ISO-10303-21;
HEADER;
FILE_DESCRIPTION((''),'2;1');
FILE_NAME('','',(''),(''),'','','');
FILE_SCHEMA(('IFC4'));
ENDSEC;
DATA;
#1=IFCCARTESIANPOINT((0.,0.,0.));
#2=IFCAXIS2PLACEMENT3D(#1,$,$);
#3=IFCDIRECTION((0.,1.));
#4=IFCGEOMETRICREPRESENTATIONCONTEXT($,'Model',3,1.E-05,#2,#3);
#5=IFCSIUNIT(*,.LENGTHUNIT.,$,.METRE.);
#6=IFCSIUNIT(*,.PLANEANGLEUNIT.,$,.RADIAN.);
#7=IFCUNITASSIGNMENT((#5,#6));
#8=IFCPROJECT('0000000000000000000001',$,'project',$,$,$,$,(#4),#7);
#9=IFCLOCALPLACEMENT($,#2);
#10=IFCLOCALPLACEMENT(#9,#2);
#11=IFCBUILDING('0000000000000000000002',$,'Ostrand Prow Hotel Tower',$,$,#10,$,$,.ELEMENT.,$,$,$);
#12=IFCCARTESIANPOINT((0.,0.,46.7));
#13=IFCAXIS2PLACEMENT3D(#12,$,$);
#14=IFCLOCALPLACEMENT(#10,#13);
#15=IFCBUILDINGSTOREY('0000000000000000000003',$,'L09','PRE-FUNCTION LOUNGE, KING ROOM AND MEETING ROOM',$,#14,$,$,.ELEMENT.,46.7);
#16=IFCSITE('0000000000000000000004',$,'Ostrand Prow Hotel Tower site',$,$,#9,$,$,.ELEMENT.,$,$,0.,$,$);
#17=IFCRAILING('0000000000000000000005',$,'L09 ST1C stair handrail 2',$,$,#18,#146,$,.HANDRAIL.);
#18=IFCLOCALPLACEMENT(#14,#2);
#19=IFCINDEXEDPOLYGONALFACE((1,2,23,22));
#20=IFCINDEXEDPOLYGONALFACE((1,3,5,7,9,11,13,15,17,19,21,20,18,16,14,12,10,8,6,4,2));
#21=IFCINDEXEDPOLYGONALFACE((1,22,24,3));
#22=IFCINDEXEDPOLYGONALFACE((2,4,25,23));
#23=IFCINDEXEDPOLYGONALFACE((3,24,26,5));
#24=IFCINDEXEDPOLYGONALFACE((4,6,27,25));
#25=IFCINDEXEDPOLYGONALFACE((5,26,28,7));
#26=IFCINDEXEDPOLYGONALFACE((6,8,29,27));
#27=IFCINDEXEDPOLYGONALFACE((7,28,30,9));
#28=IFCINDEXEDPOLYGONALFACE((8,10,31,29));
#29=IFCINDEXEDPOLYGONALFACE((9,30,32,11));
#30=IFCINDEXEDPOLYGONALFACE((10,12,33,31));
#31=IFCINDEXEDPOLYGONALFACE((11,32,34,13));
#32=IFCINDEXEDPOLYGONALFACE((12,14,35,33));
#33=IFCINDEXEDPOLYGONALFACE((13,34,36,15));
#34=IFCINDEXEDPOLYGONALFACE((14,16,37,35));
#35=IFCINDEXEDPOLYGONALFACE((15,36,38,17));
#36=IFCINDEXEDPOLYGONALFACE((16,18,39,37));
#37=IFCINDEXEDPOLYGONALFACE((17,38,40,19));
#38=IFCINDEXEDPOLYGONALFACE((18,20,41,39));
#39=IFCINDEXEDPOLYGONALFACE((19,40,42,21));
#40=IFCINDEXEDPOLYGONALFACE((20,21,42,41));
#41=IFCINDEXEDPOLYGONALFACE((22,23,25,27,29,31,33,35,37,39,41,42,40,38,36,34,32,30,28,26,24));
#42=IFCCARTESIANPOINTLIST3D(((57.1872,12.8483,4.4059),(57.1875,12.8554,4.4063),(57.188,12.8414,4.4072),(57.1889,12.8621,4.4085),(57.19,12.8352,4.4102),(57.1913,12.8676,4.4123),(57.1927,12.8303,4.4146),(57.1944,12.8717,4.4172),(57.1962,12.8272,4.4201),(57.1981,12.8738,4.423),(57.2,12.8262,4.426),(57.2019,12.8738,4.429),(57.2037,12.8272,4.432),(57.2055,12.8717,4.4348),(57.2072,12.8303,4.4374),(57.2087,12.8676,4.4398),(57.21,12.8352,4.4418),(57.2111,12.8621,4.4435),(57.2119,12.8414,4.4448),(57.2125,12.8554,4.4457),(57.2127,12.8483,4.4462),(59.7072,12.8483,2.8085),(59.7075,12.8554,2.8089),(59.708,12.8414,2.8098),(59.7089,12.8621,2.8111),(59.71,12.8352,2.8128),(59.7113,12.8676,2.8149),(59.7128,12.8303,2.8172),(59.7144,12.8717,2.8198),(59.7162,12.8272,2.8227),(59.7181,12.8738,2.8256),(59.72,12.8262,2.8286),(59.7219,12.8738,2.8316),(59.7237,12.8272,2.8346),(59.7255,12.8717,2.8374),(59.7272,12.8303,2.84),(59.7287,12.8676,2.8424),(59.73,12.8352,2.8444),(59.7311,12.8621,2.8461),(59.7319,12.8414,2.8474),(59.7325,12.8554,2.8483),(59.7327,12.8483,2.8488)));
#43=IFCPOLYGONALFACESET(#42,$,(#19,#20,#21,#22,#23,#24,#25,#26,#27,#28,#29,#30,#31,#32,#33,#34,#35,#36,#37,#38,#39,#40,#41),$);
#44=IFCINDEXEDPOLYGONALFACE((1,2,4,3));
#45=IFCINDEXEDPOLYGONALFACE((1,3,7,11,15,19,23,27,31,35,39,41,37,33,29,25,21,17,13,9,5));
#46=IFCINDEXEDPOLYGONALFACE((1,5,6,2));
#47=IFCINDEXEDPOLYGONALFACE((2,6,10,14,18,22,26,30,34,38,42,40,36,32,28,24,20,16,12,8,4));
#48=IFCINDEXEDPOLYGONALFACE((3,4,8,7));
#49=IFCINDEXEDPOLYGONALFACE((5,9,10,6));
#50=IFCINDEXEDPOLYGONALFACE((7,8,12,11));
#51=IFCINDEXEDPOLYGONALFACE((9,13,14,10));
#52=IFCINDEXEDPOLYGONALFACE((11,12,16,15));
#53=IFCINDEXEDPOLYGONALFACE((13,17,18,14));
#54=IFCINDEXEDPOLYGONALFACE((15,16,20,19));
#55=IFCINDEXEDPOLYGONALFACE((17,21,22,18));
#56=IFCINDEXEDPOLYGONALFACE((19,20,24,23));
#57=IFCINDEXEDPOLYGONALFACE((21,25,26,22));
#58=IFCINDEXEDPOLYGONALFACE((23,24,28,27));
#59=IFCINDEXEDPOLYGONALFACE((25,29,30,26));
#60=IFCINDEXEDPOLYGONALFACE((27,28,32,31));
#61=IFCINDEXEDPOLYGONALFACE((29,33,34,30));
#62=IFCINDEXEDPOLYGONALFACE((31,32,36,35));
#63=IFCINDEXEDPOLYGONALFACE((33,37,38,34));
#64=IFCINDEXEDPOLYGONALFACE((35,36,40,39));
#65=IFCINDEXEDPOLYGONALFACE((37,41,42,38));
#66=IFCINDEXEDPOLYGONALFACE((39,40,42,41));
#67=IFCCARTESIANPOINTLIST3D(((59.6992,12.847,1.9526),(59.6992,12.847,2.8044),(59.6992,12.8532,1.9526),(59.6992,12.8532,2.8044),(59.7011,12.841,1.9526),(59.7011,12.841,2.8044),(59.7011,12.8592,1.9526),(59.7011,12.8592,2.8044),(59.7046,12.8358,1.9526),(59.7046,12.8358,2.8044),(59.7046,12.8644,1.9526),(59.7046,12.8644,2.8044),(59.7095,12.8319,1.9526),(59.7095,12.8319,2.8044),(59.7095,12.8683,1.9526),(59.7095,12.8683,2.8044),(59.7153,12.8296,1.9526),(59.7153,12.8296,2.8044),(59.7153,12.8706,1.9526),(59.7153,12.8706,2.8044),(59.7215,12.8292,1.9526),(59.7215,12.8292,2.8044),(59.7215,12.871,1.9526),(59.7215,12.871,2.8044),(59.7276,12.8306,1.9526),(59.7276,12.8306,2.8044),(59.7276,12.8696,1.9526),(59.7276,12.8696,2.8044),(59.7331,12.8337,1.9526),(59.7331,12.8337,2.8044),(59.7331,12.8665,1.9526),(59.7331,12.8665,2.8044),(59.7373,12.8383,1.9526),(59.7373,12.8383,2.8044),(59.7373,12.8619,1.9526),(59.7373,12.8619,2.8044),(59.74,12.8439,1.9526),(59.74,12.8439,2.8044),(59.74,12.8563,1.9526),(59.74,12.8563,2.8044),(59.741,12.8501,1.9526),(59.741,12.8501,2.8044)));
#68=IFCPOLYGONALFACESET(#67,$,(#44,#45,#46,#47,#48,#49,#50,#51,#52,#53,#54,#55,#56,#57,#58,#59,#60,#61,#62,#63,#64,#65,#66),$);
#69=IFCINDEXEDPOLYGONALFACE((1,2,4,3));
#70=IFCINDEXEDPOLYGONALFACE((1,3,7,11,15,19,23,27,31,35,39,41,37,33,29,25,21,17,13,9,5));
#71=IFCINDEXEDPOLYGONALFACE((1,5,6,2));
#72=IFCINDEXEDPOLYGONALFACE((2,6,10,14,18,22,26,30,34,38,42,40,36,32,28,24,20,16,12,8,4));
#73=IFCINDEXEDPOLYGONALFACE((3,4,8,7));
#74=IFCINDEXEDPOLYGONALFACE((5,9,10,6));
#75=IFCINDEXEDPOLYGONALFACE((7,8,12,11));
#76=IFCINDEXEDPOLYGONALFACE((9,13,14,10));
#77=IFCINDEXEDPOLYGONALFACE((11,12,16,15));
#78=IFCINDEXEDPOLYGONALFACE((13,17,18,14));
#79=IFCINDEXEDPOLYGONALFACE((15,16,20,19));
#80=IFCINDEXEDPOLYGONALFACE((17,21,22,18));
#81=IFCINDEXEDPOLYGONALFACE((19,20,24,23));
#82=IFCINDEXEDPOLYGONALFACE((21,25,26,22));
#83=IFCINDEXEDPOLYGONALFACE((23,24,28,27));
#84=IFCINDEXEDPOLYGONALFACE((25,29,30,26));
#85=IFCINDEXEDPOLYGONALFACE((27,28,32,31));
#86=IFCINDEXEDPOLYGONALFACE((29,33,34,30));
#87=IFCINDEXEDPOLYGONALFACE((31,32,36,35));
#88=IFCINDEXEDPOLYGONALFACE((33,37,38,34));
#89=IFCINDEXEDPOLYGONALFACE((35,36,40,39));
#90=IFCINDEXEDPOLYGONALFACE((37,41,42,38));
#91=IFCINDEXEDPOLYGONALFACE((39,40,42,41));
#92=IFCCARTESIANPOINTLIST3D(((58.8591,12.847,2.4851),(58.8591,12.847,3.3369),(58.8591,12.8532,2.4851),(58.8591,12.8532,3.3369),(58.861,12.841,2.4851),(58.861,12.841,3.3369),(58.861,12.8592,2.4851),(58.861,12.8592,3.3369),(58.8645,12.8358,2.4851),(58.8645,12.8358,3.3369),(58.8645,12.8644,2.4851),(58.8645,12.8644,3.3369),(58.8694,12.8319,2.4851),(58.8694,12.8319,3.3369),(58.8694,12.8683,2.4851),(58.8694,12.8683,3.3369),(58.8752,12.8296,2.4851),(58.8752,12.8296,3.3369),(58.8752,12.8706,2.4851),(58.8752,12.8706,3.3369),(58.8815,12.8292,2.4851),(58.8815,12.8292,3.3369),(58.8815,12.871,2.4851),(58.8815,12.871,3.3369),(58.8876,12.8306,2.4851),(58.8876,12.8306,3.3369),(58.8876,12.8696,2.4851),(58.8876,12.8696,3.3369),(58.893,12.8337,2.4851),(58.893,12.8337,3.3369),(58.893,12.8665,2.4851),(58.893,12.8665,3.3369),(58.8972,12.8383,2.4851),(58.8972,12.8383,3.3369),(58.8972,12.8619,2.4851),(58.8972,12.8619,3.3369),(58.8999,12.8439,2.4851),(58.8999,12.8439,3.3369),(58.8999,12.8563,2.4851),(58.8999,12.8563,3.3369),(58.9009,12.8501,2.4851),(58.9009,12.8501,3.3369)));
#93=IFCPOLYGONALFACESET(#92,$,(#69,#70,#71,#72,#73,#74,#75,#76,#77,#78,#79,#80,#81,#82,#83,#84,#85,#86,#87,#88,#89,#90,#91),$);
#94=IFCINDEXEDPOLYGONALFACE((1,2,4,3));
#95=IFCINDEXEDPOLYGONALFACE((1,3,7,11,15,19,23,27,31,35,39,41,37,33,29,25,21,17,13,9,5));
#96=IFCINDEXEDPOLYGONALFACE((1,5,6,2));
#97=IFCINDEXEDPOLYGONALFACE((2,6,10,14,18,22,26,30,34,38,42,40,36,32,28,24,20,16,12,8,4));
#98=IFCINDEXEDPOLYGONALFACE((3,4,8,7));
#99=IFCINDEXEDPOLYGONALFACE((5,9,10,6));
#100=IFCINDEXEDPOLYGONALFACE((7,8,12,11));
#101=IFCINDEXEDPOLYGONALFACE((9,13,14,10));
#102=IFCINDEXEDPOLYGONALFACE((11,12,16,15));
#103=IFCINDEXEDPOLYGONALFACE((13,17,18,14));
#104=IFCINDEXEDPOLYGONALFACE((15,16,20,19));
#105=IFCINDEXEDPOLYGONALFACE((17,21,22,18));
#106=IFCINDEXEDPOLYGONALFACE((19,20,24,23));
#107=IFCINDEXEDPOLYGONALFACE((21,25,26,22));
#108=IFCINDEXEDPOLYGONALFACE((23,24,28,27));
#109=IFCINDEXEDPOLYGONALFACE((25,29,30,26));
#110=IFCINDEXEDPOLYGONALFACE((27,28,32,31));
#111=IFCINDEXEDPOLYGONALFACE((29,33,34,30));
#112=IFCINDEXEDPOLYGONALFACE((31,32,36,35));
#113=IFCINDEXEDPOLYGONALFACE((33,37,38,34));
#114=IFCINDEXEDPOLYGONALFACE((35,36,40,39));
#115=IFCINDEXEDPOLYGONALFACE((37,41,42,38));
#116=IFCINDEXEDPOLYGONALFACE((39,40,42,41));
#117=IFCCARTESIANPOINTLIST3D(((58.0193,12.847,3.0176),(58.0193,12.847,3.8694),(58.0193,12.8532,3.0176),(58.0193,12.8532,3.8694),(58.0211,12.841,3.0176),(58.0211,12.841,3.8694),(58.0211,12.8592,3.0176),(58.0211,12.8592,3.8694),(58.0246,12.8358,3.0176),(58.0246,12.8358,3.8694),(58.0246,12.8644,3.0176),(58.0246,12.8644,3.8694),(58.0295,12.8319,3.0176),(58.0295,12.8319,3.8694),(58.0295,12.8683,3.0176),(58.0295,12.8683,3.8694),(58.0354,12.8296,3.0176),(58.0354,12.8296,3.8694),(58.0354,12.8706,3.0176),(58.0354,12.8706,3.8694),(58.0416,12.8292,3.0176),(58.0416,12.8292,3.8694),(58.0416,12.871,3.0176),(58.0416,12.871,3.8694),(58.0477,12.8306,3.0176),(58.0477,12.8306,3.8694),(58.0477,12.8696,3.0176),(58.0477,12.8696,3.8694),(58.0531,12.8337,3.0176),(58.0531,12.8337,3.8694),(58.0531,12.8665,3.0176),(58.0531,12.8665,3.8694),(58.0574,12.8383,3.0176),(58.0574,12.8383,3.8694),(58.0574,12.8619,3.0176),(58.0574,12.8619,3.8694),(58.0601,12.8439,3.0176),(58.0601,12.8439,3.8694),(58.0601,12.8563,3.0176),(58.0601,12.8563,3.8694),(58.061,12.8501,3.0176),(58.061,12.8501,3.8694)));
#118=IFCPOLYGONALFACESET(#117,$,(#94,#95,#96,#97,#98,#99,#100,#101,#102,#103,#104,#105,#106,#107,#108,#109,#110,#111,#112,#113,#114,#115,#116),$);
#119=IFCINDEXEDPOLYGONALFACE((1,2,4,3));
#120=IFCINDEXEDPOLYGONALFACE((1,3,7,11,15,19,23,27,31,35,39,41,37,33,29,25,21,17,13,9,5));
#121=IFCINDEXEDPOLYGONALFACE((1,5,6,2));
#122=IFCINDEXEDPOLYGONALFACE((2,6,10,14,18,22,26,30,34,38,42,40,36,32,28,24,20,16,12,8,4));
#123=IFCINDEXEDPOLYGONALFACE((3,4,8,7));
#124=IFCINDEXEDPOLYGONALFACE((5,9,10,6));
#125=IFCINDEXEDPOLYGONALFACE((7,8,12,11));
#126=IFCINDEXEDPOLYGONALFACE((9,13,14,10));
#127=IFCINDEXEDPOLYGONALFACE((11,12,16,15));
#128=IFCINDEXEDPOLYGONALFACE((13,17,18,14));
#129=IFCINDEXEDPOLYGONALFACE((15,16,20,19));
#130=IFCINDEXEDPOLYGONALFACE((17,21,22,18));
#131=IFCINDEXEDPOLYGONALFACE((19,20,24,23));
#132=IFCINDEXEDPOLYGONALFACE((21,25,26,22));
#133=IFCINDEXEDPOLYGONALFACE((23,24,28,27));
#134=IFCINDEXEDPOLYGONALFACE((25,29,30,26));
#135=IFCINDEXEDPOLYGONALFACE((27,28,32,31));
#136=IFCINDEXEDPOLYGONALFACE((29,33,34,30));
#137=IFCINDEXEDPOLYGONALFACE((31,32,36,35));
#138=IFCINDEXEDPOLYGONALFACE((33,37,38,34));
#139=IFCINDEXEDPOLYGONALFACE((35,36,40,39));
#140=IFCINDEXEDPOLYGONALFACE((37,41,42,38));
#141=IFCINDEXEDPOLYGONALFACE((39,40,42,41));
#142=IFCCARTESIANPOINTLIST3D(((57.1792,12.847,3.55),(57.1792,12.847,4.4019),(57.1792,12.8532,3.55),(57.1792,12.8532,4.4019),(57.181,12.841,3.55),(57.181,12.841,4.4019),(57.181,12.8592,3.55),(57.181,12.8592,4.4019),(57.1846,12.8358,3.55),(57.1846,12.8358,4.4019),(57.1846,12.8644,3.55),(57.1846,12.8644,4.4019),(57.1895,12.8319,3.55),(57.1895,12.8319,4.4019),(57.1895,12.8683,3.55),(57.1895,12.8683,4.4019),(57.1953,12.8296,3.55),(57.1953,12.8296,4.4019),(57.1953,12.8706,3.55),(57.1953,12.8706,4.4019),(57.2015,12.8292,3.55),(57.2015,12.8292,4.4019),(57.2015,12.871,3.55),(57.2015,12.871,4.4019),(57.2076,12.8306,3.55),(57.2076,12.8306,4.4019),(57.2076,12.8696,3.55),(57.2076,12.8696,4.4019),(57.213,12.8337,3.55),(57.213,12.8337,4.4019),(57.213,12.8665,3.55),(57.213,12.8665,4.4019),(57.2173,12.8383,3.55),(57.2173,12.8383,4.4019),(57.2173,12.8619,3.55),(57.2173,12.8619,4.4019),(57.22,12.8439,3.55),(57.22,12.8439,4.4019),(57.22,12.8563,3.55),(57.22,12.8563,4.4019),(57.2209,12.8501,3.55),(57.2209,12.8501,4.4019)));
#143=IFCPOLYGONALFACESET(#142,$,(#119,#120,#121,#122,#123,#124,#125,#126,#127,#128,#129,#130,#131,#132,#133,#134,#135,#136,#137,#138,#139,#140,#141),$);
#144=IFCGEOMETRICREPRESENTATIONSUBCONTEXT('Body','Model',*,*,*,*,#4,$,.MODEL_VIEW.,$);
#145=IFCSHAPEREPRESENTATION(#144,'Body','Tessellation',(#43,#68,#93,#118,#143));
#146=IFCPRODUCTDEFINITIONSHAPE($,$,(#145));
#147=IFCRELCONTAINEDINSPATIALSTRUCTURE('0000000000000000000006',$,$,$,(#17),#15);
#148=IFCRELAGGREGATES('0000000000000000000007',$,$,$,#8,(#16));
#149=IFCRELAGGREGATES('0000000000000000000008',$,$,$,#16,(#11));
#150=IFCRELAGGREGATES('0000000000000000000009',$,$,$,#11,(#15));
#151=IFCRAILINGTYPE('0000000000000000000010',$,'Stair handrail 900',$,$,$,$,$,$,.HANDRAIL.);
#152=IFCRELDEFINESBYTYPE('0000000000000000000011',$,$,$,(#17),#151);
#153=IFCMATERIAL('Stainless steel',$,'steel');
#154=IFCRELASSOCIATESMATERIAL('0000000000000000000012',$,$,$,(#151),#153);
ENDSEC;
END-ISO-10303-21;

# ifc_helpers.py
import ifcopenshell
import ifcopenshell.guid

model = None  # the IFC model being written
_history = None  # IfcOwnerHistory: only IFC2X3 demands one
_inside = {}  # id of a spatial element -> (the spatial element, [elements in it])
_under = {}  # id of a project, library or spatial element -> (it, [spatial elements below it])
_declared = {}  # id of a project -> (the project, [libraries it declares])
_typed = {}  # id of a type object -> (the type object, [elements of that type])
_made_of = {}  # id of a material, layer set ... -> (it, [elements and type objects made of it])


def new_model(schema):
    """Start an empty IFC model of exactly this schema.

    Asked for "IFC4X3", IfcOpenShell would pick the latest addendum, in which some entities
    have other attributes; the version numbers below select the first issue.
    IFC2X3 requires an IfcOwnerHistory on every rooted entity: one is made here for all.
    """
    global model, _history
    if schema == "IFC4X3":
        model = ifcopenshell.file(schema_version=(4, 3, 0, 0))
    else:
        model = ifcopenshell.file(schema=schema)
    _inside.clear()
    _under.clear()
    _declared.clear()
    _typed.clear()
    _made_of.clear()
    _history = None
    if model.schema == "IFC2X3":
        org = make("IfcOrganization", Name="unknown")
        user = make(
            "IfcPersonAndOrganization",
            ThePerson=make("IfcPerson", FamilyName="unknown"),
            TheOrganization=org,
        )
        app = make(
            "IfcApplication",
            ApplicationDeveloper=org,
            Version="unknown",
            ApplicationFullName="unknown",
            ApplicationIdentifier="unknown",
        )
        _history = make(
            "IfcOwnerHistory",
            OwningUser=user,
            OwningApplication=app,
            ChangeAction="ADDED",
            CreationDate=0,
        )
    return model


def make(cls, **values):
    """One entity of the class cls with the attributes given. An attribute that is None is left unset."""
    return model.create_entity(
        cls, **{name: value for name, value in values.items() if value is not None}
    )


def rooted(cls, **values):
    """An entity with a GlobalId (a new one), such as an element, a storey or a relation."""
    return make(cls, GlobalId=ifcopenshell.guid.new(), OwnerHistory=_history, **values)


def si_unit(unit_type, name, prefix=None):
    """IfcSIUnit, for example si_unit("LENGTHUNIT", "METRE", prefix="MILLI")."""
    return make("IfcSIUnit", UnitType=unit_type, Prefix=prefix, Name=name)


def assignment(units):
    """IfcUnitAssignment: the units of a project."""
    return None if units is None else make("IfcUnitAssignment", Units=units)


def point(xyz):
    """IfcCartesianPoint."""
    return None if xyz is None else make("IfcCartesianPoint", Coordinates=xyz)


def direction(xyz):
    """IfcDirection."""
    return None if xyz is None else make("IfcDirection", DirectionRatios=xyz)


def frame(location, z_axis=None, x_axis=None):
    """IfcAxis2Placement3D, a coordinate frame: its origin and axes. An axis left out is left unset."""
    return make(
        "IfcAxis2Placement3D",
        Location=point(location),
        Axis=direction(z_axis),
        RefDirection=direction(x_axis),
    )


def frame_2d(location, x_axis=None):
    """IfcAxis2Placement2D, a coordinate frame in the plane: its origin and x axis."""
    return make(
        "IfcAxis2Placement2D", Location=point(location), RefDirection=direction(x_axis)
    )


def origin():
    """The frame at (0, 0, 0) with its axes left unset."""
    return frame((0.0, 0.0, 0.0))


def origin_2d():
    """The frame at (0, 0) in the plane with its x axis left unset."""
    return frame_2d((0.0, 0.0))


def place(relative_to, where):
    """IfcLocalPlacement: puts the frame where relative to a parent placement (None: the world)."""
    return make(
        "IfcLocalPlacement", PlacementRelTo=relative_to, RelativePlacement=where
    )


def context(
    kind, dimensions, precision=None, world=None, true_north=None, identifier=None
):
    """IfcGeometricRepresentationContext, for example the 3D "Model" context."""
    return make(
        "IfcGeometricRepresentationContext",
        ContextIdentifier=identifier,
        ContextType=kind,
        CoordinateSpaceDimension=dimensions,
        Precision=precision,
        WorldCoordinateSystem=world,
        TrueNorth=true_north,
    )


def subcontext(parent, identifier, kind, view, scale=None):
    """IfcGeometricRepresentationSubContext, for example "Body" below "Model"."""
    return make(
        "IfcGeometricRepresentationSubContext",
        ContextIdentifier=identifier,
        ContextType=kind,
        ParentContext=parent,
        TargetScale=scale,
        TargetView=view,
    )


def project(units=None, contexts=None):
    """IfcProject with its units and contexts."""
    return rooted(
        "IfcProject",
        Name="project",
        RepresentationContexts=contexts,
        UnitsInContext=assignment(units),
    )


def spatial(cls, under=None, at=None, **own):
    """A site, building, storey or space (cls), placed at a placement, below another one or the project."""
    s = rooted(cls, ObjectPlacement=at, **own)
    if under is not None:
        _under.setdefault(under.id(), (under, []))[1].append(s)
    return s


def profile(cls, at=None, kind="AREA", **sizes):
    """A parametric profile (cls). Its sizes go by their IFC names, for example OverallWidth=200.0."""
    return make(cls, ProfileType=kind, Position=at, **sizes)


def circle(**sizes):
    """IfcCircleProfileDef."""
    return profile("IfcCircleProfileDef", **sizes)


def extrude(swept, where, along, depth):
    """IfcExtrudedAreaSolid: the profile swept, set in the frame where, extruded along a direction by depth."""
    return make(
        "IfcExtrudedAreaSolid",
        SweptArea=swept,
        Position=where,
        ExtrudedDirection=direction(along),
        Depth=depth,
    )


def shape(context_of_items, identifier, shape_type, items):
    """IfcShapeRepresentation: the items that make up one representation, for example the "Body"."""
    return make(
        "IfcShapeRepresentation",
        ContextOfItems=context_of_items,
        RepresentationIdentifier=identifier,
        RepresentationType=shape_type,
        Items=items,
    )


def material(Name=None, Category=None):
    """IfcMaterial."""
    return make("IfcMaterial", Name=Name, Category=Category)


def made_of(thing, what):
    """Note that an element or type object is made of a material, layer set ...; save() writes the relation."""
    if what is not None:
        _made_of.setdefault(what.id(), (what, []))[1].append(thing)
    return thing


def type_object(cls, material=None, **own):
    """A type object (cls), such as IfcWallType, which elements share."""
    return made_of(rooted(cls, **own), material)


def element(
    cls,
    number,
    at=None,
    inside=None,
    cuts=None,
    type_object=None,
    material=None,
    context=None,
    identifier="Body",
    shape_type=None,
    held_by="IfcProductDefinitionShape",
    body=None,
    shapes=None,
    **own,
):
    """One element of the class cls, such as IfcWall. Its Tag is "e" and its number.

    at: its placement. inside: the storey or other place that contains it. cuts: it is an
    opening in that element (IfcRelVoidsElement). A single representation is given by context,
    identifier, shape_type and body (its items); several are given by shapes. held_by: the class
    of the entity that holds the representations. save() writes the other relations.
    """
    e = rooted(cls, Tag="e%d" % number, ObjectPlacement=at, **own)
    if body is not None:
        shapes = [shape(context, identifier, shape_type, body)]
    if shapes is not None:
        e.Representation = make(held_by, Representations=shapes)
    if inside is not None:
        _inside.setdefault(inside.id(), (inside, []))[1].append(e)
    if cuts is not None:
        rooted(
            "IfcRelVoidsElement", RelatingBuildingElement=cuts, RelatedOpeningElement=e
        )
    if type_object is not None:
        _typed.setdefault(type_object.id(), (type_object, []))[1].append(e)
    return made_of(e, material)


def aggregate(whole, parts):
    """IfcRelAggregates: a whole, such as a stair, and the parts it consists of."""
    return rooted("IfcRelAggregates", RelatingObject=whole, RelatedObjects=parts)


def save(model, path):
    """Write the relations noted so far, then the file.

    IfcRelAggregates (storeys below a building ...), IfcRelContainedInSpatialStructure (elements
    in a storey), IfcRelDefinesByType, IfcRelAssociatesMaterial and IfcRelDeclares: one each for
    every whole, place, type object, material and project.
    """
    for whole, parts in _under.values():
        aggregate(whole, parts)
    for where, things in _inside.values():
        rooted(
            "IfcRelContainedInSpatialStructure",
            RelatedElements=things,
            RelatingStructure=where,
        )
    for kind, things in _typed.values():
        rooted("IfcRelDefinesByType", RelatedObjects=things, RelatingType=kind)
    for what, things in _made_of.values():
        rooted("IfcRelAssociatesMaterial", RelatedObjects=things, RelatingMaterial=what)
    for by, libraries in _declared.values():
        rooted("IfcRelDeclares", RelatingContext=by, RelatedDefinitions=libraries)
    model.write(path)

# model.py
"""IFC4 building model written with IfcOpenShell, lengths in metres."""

from ifc_helpers import new_model, si_unit, direction, frame, origin, origin_2d, place, context, subcontext, project, spatial, circle, extrude, material, type_object, element, save


model = new_model("IFC4")

# Units and contexts
model_context = context("Model", 3, precision=1e-05, world=origin(), true_north=direction((0.0, 1.0)))
body_context = subcontext(model_context, "Body", "Model", "MODEL_VIEW")
ifc_project = project(units=[si_unit("LENGTHUNIT", "METRE"), si_unit("PLANEANGLEUNIT", "RADIAN")], contexts=[model_context])

# Site, building, storey
site_placement = place(None, origin())
site = spatial("IfcSite", under=ifc_project, at=site_placement, Name="Ostrand Prow Hotel Tower site", CompositionType="ELEMENT", RefElevation=0.0)
building_placement = place(site_placement, origin())
building = spatial("IfcBuilding", under=site, at=building_placement, Name="Ostrand Prow Hotel Tower", CompositionType="ELEMENT")
storey_placement = place(building_placement, frame((0.0, 0.0, 46.7)))
storey = spatial("IfcBuildingStorey", under=building, at=storey_placement, Name="L09", Description="PRE-FUNCTION LOUNGE, KING ROOM AND MEETING ROOM", CompositionType="ELEMENT", Elevation=46.7)

# Railing
ifc_material_1 = material(Name="Stainless steel", Category="steel")
railing_type_1 = type_object("IfcRailingType", Name="Stair handrail 900", PredefinedType="HANDRAIL", material=ifc_material_1)
railing_1_placement = place(storey_placement, frame((59.72, 12.8501, 1.9526)))
element("IfcRailing", 1, at=railing_1_placement, inside=storey, type_object=railing_type_1, Name="L09 ST1C stair handrail 2", PredefinedType="HANDRAIL", context=body_context, shape_type="SweptSolid", body=[
    extrude(circle(Radius=0.0239, at=origin_2d()), frame((0.0, 0.0, 0.876), z_axis=(-0.844607, 0.0, 0.535387), x_axis=(0.0, -1.0, 0.0)), (0.0, 0.0, 1.0), 2.9836),
    extrude(circle(Radius=0.021, at=origin_2d()), origin(), (0.0, 0.0, 1.0), 0.8518),
    extrude(circle(Radius=0.021, at=origin_2d()), frame((-0.8401, 0.0, 0.5325)), (0.0, 0.0, 1.0), 0.8518),
    extrude(circle(Radius=0.021, at=origin_2d()), frame((-1.6799, 0.0, 1.0649)), (0.0, 0.0, 1.0), 0.8518),
    extrude(circle(Radius=0.021, at=origin_2d()), frame((-2.52, 0.0, 1.5974)), (0.0, 0.0, 1.0), 0.8518),
])

save(model, "model.ifc")
